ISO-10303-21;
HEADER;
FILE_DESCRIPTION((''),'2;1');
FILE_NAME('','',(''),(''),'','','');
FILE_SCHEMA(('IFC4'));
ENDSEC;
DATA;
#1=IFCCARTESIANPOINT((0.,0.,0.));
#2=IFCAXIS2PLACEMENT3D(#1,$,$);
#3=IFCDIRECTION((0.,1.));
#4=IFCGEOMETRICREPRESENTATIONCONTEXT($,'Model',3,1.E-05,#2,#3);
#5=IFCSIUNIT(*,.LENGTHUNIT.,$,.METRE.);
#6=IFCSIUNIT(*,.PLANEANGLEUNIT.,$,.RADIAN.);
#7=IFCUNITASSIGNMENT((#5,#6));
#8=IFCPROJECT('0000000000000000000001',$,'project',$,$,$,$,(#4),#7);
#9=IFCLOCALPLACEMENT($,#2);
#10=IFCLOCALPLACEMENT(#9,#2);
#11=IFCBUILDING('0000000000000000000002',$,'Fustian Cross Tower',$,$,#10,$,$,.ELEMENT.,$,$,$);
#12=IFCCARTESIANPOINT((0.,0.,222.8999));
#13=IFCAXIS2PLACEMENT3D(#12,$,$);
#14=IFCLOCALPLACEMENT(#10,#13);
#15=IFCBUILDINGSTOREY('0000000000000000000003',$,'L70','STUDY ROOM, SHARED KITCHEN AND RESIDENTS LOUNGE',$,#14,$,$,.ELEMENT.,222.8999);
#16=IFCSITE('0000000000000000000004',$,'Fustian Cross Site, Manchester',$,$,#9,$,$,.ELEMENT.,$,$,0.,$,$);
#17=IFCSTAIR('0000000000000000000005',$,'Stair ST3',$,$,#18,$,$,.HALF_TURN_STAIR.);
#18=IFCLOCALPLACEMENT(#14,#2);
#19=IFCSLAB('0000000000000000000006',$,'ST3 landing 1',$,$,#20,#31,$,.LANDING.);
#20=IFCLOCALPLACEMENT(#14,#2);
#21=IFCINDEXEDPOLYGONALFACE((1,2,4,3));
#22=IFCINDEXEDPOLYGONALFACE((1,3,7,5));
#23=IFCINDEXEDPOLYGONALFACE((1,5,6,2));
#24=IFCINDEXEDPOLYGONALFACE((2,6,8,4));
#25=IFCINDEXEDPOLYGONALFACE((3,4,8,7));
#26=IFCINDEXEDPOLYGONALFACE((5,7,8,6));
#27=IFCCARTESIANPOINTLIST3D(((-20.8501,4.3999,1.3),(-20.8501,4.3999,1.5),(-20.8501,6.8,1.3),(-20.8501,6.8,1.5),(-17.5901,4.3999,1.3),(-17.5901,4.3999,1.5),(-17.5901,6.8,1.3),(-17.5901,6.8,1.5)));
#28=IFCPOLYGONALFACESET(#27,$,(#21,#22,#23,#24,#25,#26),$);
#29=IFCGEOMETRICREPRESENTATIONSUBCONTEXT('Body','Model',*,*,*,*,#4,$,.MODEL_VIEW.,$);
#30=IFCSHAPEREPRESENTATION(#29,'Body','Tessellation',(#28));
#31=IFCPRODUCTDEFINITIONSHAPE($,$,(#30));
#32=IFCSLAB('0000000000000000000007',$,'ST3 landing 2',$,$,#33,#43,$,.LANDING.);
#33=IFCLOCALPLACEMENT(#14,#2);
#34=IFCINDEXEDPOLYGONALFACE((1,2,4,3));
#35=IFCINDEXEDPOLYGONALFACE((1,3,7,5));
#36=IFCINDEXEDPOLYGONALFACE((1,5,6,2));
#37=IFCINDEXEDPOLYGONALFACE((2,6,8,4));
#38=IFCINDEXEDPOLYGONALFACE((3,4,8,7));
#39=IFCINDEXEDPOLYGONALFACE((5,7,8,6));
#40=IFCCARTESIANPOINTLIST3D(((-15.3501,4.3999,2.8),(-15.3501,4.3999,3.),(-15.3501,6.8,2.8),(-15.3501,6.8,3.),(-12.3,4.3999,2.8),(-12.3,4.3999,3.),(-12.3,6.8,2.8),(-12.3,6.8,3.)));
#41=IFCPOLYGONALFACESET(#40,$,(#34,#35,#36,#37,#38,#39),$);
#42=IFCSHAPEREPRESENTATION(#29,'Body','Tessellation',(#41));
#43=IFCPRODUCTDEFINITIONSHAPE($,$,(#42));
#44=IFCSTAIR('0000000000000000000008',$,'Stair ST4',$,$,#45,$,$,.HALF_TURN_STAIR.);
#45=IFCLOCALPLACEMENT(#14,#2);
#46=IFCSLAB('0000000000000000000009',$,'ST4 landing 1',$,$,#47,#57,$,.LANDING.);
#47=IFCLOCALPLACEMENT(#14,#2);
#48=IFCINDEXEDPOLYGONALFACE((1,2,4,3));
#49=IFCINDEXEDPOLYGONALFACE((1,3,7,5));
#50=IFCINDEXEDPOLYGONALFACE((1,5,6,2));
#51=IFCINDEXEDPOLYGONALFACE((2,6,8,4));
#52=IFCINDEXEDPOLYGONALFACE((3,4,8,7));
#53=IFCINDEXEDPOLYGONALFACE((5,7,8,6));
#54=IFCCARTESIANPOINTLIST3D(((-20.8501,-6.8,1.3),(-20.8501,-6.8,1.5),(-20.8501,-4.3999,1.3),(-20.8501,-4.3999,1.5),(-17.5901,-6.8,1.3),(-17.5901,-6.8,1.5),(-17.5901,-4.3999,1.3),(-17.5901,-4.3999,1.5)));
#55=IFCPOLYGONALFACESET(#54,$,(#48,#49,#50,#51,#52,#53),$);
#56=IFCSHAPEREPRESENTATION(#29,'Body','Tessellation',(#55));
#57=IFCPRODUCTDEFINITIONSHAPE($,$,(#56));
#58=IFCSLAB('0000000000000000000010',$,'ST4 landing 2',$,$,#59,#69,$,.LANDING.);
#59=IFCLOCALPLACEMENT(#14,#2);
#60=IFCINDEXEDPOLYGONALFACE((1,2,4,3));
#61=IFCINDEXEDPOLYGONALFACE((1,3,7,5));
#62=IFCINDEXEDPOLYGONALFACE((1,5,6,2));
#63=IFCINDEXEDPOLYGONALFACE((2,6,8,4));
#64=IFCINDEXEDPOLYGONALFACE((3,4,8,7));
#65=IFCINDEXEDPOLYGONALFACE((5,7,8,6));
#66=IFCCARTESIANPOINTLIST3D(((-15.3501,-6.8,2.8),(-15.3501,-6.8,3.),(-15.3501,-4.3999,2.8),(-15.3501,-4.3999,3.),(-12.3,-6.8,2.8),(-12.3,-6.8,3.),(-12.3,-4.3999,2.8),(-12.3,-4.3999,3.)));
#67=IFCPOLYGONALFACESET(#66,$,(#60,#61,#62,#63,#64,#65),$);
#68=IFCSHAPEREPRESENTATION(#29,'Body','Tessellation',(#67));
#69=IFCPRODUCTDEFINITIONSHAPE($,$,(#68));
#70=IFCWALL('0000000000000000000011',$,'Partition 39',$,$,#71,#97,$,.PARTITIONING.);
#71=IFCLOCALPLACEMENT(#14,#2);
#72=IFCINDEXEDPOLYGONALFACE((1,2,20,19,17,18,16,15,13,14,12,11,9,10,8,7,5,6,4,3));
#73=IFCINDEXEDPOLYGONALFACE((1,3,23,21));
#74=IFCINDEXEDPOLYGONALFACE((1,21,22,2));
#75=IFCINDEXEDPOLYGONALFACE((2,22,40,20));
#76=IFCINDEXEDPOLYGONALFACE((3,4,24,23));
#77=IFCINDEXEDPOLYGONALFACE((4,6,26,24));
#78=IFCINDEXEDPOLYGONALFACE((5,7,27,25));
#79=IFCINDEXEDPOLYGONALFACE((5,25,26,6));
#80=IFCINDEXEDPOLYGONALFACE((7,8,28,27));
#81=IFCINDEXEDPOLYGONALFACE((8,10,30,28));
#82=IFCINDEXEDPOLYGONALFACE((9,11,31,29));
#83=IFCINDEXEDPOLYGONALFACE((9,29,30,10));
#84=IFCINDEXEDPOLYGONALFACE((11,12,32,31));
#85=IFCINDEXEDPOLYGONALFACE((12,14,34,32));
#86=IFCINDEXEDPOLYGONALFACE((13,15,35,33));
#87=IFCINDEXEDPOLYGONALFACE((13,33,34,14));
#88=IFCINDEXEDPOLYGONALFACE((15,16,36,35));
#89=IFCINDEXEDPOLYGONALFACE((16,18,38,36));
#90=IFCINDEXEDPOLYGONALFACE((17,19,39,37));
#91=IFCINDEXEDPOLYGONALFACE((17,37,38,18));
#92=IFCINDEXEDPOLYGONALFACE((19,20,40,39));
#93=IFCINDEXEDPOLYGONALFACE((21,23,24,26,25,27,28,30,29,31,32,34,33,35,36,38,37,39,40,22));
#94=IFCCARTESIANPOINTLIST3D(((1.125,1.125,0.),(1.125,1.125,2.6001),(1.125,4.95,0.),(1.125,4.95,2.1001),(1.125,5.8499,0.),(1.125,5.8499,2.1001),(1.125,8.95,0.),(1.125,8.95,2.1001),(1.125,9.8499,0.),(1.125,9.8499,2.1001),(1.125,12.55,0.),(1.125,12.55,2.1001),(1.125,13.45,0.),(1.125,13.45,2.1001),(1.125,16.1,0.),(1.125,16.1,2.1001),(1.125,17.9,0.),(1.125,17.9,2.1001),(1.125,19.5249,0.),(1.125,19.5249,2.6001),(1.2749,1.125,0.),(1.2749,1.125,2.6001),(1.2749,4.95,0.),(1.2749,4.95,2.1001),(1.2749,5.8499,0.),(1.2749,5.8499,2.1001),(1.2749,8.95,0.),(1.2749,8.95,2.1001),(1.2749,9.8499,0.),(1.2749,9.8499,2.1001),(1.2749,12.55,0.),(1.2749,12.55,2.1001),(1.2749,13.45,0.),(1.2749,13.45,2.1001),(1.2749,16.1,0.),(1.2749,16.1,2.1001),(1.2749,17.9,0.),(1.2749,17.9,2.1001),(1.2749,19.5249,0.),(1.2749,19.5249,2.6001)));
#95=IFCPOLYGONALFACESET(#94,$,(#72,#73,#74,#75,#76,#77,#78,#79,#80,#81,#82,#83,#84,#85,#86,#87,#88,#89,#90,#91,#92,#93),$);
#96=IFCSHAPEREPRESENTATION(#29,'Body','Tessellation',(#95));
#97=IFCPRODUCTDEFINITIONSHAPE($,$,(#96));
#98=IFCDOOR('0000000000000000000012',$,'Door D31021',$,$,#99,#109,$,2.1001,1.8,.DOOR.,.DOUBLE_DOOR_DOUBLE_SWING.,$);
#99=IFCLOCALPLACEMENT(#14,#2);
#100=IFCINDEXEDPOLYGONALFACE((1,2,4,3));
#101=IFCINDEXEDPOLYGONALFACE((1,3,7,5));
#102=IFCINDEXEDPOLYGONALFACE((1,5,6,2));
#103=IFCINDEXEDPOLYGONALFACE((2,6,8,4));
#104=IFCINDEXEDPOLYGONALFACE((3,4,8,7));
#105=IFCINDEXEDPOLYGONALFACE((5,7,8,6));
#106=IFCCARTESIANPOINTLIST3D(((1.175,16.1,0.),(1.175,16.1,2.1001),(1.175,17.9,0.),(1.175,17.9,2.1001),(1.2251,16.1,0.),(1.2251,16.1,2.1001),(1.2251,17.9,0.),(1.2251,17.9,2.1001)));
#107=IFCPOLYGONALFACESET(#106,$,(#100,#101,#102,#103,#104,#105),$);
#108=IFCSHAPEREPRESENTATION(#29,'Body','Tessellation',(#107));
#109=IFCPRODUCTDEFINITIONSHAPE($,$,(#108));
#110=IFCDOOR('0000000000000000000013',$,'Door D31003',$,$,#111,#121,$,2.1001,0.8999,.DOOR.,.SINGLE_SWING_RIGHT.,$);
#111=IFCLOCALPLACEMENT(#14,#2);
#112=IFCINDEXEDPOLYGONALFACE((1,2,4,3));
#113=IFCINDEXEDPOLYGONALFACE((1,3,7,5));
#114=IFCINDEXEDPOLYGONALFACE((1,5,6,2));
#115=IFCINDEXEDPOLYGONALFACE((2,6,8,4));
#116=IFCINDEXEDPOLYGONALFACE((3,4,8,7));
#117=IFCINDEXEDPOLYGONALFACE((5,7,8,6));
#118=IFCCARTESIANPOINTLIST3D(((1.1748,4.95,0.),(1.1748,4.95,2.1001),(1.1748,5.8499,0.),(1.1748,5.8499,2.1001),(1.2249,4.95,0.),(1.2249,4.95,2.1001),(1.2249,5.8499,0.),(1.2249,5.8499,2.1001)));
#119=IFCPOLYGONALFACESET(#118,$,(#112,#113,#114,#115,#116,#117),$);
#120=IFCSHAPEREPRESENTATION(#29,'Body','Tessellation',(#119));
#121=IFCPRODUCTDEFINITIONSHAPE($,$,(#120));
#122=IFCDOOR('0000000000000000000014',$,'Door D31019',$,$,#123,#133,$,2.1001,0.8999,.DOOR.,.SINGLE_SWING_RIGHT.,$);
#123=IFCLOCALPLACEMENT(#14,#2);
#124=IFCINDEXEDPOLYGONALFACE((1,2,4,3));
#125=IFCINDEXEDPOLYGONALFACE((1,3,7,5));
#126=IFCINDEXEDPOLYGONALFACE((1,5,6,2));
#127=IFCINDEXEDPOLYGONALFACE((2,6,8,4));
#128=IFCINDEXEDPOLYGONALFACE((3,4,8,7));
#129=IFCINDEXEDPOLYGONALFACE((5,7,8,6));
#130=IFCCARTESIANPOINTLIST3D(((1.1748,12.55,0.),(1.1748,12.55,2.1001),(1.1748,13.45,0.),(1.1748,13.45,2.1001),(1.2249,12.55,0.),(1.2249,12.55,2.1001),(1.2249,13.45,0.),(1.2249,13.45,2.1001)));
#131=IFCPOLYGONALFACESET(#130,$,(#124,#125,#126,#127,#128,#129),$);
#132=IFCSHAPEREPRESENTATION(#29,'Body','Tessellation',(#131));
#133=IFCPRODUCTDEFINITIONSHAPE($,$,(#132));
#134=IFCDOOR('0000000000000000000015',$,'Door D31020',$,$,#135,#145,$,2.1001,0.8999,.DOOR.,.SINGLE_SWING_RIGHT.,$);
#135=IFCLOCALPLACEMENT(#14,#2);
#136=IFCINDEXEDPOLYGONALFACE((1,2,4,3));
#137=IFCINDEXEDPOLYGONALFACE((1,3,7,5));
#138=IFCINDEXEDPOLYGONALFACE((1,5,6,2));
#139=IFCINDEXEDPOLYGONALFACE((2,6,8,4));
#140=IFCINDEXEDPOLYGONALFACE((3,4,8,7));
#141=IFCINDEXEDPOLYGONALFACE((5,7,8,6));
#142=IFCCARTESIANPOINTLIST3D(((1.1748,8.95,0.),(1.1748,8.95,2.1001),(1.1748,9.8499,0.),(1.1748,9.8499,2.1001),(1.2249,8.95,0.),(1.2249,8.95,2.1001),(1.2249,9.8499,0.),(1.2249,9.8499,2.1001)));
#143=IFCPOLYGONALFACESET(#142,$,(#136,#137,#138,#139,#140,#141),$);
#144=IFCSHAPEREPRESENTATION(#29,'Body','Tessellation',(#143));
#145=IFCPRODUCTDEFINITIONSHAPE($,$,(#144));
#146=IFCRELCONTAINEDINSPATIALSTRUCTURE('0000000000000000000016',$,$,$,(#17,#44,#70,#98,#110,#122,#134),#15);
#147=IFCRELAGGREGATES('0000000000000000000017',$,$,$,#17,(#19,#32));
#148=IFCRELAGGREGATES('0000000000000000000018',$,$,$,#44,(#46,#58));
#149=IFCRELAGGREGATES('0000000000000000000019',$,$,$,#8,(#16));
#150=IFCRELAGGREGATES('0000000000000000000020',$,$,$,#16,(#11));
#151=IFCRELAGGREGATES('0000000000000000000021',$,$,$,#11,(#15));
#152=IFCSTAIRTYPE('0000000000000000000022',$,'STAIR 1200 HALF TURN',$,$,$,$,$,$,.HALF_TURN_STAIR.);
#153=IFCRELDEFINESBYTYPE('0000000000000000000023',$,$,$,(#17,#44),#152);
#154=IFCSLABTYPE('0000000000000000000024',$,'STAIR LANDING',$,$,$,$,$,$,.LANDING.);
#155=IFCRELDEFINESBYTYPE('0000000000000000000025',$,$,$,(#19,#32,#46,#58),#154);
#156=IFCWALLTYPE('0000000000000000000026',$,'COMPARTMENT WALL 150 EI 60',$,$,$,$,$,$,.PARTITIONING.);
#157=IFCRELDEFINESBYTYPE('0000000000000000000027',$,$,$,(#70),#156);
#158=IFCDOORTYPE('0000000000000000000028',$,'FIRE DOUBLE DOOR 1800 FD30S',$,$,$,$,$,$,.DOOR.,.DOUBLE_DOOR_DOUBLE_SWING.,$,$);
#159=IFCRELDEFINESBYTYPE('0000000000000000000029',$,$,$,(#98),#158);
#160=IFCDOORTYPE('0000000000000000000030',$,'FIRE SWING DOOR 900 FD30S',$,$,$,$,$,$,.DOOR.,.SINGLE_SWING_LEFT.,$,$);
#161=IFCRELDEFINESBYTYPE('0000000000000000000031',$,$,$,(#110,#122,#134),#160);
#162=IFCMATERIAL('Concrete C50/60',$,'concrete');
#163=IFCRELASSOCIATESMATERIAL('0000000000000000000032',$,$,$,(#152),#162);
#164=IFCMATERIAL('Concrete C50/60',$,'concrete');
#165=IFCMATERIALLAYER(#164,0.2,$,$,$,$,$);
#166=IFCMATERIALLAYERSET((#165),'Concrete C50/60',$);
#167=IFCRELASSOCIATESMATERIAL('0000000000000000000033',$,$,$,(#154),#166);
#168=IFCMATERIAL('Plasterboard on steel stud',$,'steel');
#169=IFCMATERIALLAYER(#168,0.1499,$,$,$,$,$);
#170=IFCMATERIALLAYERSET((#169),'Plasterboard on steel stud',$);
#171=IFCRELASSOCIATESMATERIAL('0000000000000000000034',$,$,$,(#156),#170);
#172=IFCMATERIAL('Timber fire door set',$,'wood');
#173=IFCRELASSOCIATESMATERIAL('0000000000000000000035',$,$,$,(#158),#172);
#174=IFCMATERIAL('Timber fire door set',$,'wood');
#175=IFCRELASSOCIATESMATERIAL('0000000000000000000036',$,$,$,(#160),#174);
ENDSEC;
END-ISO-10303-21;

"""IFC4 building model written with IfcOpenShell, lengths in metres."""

from ifc_helpers import new_model, si_unit, direction, frame, frame_2d, origin, place, context, subcontext, project, spatial, polyline, rectangle, outline, extrude, material, layer, layer_set, type_object, element, fill, aggregate, save


model = new_model("IFC4")

# Units and contexts
model_context = context("Model", 3, precision=1e-05, world=origin(), true_north=direction((0.0, 1.0)))
body_context = subcontext(model_context, "Body", "Model", "MODEL_VIEW")
ifc_project = project(units=[si_unit("LENGTHUNIT", "METRE"), si_unit("PLANEANGLEUNIT", "RADIAN")], contexts=[model_context])

# Site, building, storey
site_placement = place(None, origin())
site = spatial("IfcSite", under=ifc_project, at=site_placement, Name="Fustian Cross Site, Manchester", CompositionType="ELEMENT", RefElevation=0.0)
building_placement = place(site_placement, origin())
building = spatial("IfcBuilding", under=site, at=building_placement, Name="Fustian Cross Tower", CompositionType="ELEMENT")
storey_placement = place(building_placement, frame((0.0, 0.0, 222.8999)))
storey = spatial("IfcBuildingStorey", under=building, at=storey_placement, Name="L70", Description="STUDY ROOM, SHARED KITCHEN AND RESIDENTS LOUNGE", CompositionType="ELEMENT", Elevation=222.8999)

# Stairs, slabs
ifc_material_1 = material(Name="Concrete C50/60", Category="concrete")
stair_type = type_object("IfcStairType", Name="STAIR 1200 HALF TURN", PredefinedType="HALF_TURN_STAIR", material=ifc_material_1)
stair_1_placement = place(storey_placement, origin())
stair_1 = element("IfcStair", 1, at=stair_1_placement, inside=storey, type_object=stair_type, Name="Stair ST3", PredefinedType="HALF_TURN_STAIR")
ifc_material_2 = material(Name="Concrete C50/60", Category="concrete")
ifc_layer_1 = layer(ifc_material_2, 0.2)
ifc_layer_set_1 = layer_set([ifc_layer_1], Name="Concrete C50/60")
slab_type = type_object("IfcSlabType", Name="STAIR LANDING", PredefinedType="LANDING", material=ifc_layer_set_1)
slab_1_placement = place(storey_placement, frame((0.0, 0.0, 1.3)))
slab_1 = element("IfcSlab", 2, at=slab_1_placement, type_object=slab_type, Name="ST3 landing 1", PredefinedType="LANDING", context=body_context, shape_type="SweptSolid", body=[
    extrude(outline(polyline([(-17.5901, 4.3999), (-20.8501, 4.3999), (-20.8501, 6.8), (-17.5901, 6.8), (-17.5901, 4.3999)])), origin(), (0.0, 0.0, 1.0), 0.2),
])
slab_2_placement = place(storey_placement, frame((0.0, 0.0, 2.8)))
slab_2 = element("IfcSlab", 3, at=slab_2_placement, type_object=slab_type, Name="ST3 landing 2", PredefinedType="LANDING", context=body_context, shape_type="SweptSolid", body=[
    extrude(outline(polyline([(-12.3, 4.3999), (-15.3501, 4.3999), (-15.3501, 6.8), (-12.3, 6.8), (-12.3, 4.3999)])), origin(), (0.0, 0.0, 1.0), 0.2),
])
aggregate(stair_1, [slab_1, slab_2])
stair_2_placement = place(storey_placement, origin())
stair_2 = element("IfcStair", 4, at=stair_2_placement, inside=storey, type_object=stair_type, Name="Stair ST4", PredefinedType="HALF_TURN_STAIR")
slab_3_placement = place(storey_placement, frame((0.0, 0.0, 1.3)))
slab_3 = element("IfcSlab", 5, at=slab_3_placement, type_object=slab_type, Name="ST4 landing 1", PredefinedType="LANDING", context=body_context, shape_type="SweptSolid", body=[
    extrude(outline(polyline([(-17.5901, -4.3999), (-20.8501, -4.3999), (-20.8501, -6.8), (-17.5901, -6.8), (-17.5901, -4.3999)])), origin(), (0.0, 0.0, 1.0), 0.2),
])
slab_4_placement = place(storey_placement, frame((0.0, 0.0, 2.8)))
slab_4 = element("IfcSlab", 6, at=slab_4_placement, type_object=slab_type, Name="ST4 landing 2", PredefinedType="LANDING", context=body_context, shape_type="SweptSolid", body=[
    extrude(outline(polyline([(-12.3, -4.3999), (-15.3501, -4.3999), (-15.3501, -6.8), (-12.3, -6.8), (-12.3, -4.3999)])), origin(), (0.0, 0.0, 1.0), 0.2),
])
aggregate(stair_2, [slab_3, slab_4])

# Wall, openings, doors
ifc_material_3 = material(Name="Plasterboard on steel stud", Category="steel")
ifc_layer_2 = layer(ifc_material_3, 0.1499)
ifc_layer_set_2 = layer_set([ifc_layer_2], Name="Plasterboard on steel stud")
wall_type_1 = type_object("IfcWallType", Name="COMPARTMENT WALL 150 EI 60", PredefinedType="PARTITIONING", material=ifc_layer_set_2)
wall_1_placement = place(storey_placement, frame((1.2, 1.125, 0.0), z_axis=(0.0, 0.0, 1.0), x_axis=(0.0, 1.0, 0.0)))
wall_1 = element("IfcWall", 7, at=wall_1_placement, inside=storey, type_object=wall_type_1, Name="Partition 39", PredefinedType="PARTITIONING", context=body_context, shape_type="SweptSolid", body=[
    extrude(rectangle(XDim=18.3999, YDim=0.1499, at=frame_2d((9.2, 0.0))), origin(), (0.0, 0.0, 1.0), 2.6001),
])
opening_1_placement = place(wall_1_placement, frame((3.825, 0.0, 0.0)))
opening_1 = element("IfcOpeningElement", 8, at=opening_1_placement, cuts=wall_1, PredefinedType="OPENING", context=body_context, shape_type="SweptSolid", body=[
    extrude(rectangle(XDim=0.8999, YDim=2.1001, at=frame_2d((0.45, 1.05))), frame((0.0, 0.085, 0.0), z_axis=(0.0, -1.0, 0.0), x_axis=(1.0, 0.0, 0.0)), (0.0, 0.0, 1.0), 0.1699),
])
opening_2_placement = place(wall_1_placement, frame((11.425, 0.0, 0.0)))
opening_2 = element("IfcOpeningElement", 9, at=opening_2_placement, cuts=wall_1, PredefinedType="OPENING", context=body_context, shape_type="SweptSolid", body=[
    extrude(rectangle(XDim=0.8999, YDim=2.1001, at=frame_2d((0.45, 1.05))), frame((0.0, 0.085, 0.0), z_axis=(0.0, -1.0, 0.0), x_axis=(1.0, 0.0, 0.0)), (0.0, 0.0, 1.0), 0.1699),
])
opening_3_placement = place(wall_1_placement, frame((7.825, 0.0, 0.0)))
opening_3 = element("IfcOpeningElement", 10, at=opening_3_placement, cuts=wall_1, PredefinedType="OPENING", context=body_context, shape_type="SweptSolid", body=[
    extrude(rectangle(XDim=0.8999, YDim=2.1001, at=frame_2d((0.45, 1.05))), frame((0.0, 0.085, 0.0), z_axis=(0.0, -1.0, 0.0), x_axis=(1.0, 0.0, 0.0)), (0.0, 0.0, 1.0), 0.1699),
])
opening_4_placement = place(wall_1_placement, frame((14.9751, 0.0, 0.0)))
opening_4 = element("IfcOpeningElement", 11, at=opening_4_placement, cuts=wall_1, PredefinedType="OPENING", context=body_context, shape_type="SweptSolid", body=[
    extrude(rectangle(XDim=1.8, YDim=2.1001, at=frame_2d((0.8999, 1.05))), frame((0.0, 0.085, 0.0), z_axis=(0.0, -1.0, 0.0), x_axis=(1.0, 0.0, 0.0)), (0.0, 0.0, 1.0), 0.1699),
])
ifc_material_4 = material(Name="Timber fire door set", Category="wood")
door_type_1 = type_object("IfcDoorType", Name="FIRE DOUBLE DOOR 1800 FD30S", OperationType="DOUBLE_DOOR_DOUBLE_SWING", PredefinedType="DOOR", material=ifc_material_4)
door_1_placement = place(opening_4_placement, origin())
door_1 = element("IfcDoor", 12, at=door_1_placement, inside=storey, type_object=door_type_1, Name="Door D31021", OperationType="DOUBLE_DOOR_DOUBLE_SWING", OverallHeight=2.1001, OverallWidth=1.8, PredefinedType="DOOR", context=body_context, shape_type="SweptSolid", body=[
    extrude(rectangle(XDim=1.8, YDim=2.1001, at=frame_2d((0.8999, 1.05))), frame((0.0, 0.0249, 0.0), z_axis=(0.0, -1.0, 0.0), x_axis=(1.0, 0.0, 0.0)), (0.0, 0.0, 1.0), 0.05),
])
fill(opening_4, door_1)
ifc_material_5 = material(Name="Timber fire door set", Category="wood")
door_type_2 = type_object("IfcDoorType", Name="FIRE SWING DOOR 900 FD30S", OperationType="SINGLE_SWING_LEFT", PredefinedType="DOOR", material=ifc_material_5)
door_2_placement = place(opening_1_placement, frame((0.8999, 0.0, 0.0), z_axis=(0.0, 0.0, 1.0), x_axis=(-1.0, 0.0, 0.0)))
door_2 = element("IfcDoor", 13, at=door_2_placement, inside=storey, type_object=door_type_2, Name="Door D31003", OperationType="SINGLE_SWING_RIGHT", OverallHeight=2.1001, OverallWidth=0.8999, PredefinedType="DOOR", context=body_context, shape_type="SweptSolid", body=[
    extrude(rectangle(XDim=0.8999, YDim=2.1001, at=frame_2d((0.45, 1.05))), frame((0.0, 0.0249, 0.0), z_axis=(0.0, -1.0, 0.0), x_axis=(1.0, 0.0, 0.0)), (0.0, 0.0, 1.0), 0.05),
])
fill(opening_1, door_2)
door_3_placement = place(opening_2_placement, frame((0.8999, 0.0, 0.0), z_axis=(0.0, 0.0, 1.0), x_axis=(-1.0, 0.0, 0.0)))
door_3 = element("IfcDoor", 14, at=door_3_placement, inside=storey, type_object=door_type_2, Name="Door D31019", OperationType="SINGLE_SWING_RIGHT", OverallHeight=2.1001, OverallWidth=0.8999, PredefinedType="DOOR", context=body_context, shape_type="SweptSolid", body=[
    extrude(rectangle(XDim=0.8999, YDim=2.1001, at=frame_2d((0.45, 1.05))), frame((0.0, 0.0249, 0.0), z_axis=(0.0, -1.0, 0.0), x_axis=(1.0, 0.0, 0.0)), (0.0, 0.0, 1.0), 0.05),
])
fill(opening_2, door_3)
door_4_placement = place(opening_3_placement, frame((0.8999, 0.0, 0.0), z_axis=(0.0, 0.0, 1.0), x_axis=(-1.0, 0.0, 0.0)))
door_4 = element("IfcDoor", 15, at=door_4_placement, inside=storey, type_object=door_type_2, Name="Door D31020", OperationType="SINGLE_SWING_RIGHT", OverallHeight=2.1001, OverallWidth=0.8999, PredefinedType="DOOR", context=body_context, shape_type="SweptSolid", body=[
    extrude(rectangle(XDim=0.8999, YDim=2.1001, at=frame_2d((0.45, 1.05))), frame((0.0, 0.0249, 0.0), z_axis=(0.0, -1.0, 0.0), x_axis=(1.0, 0.0, 0.0)), (0.0, 0.0, 1.0), 0.05),
])
fill(opening_3, door_4)

save(model, "model.ifc")
